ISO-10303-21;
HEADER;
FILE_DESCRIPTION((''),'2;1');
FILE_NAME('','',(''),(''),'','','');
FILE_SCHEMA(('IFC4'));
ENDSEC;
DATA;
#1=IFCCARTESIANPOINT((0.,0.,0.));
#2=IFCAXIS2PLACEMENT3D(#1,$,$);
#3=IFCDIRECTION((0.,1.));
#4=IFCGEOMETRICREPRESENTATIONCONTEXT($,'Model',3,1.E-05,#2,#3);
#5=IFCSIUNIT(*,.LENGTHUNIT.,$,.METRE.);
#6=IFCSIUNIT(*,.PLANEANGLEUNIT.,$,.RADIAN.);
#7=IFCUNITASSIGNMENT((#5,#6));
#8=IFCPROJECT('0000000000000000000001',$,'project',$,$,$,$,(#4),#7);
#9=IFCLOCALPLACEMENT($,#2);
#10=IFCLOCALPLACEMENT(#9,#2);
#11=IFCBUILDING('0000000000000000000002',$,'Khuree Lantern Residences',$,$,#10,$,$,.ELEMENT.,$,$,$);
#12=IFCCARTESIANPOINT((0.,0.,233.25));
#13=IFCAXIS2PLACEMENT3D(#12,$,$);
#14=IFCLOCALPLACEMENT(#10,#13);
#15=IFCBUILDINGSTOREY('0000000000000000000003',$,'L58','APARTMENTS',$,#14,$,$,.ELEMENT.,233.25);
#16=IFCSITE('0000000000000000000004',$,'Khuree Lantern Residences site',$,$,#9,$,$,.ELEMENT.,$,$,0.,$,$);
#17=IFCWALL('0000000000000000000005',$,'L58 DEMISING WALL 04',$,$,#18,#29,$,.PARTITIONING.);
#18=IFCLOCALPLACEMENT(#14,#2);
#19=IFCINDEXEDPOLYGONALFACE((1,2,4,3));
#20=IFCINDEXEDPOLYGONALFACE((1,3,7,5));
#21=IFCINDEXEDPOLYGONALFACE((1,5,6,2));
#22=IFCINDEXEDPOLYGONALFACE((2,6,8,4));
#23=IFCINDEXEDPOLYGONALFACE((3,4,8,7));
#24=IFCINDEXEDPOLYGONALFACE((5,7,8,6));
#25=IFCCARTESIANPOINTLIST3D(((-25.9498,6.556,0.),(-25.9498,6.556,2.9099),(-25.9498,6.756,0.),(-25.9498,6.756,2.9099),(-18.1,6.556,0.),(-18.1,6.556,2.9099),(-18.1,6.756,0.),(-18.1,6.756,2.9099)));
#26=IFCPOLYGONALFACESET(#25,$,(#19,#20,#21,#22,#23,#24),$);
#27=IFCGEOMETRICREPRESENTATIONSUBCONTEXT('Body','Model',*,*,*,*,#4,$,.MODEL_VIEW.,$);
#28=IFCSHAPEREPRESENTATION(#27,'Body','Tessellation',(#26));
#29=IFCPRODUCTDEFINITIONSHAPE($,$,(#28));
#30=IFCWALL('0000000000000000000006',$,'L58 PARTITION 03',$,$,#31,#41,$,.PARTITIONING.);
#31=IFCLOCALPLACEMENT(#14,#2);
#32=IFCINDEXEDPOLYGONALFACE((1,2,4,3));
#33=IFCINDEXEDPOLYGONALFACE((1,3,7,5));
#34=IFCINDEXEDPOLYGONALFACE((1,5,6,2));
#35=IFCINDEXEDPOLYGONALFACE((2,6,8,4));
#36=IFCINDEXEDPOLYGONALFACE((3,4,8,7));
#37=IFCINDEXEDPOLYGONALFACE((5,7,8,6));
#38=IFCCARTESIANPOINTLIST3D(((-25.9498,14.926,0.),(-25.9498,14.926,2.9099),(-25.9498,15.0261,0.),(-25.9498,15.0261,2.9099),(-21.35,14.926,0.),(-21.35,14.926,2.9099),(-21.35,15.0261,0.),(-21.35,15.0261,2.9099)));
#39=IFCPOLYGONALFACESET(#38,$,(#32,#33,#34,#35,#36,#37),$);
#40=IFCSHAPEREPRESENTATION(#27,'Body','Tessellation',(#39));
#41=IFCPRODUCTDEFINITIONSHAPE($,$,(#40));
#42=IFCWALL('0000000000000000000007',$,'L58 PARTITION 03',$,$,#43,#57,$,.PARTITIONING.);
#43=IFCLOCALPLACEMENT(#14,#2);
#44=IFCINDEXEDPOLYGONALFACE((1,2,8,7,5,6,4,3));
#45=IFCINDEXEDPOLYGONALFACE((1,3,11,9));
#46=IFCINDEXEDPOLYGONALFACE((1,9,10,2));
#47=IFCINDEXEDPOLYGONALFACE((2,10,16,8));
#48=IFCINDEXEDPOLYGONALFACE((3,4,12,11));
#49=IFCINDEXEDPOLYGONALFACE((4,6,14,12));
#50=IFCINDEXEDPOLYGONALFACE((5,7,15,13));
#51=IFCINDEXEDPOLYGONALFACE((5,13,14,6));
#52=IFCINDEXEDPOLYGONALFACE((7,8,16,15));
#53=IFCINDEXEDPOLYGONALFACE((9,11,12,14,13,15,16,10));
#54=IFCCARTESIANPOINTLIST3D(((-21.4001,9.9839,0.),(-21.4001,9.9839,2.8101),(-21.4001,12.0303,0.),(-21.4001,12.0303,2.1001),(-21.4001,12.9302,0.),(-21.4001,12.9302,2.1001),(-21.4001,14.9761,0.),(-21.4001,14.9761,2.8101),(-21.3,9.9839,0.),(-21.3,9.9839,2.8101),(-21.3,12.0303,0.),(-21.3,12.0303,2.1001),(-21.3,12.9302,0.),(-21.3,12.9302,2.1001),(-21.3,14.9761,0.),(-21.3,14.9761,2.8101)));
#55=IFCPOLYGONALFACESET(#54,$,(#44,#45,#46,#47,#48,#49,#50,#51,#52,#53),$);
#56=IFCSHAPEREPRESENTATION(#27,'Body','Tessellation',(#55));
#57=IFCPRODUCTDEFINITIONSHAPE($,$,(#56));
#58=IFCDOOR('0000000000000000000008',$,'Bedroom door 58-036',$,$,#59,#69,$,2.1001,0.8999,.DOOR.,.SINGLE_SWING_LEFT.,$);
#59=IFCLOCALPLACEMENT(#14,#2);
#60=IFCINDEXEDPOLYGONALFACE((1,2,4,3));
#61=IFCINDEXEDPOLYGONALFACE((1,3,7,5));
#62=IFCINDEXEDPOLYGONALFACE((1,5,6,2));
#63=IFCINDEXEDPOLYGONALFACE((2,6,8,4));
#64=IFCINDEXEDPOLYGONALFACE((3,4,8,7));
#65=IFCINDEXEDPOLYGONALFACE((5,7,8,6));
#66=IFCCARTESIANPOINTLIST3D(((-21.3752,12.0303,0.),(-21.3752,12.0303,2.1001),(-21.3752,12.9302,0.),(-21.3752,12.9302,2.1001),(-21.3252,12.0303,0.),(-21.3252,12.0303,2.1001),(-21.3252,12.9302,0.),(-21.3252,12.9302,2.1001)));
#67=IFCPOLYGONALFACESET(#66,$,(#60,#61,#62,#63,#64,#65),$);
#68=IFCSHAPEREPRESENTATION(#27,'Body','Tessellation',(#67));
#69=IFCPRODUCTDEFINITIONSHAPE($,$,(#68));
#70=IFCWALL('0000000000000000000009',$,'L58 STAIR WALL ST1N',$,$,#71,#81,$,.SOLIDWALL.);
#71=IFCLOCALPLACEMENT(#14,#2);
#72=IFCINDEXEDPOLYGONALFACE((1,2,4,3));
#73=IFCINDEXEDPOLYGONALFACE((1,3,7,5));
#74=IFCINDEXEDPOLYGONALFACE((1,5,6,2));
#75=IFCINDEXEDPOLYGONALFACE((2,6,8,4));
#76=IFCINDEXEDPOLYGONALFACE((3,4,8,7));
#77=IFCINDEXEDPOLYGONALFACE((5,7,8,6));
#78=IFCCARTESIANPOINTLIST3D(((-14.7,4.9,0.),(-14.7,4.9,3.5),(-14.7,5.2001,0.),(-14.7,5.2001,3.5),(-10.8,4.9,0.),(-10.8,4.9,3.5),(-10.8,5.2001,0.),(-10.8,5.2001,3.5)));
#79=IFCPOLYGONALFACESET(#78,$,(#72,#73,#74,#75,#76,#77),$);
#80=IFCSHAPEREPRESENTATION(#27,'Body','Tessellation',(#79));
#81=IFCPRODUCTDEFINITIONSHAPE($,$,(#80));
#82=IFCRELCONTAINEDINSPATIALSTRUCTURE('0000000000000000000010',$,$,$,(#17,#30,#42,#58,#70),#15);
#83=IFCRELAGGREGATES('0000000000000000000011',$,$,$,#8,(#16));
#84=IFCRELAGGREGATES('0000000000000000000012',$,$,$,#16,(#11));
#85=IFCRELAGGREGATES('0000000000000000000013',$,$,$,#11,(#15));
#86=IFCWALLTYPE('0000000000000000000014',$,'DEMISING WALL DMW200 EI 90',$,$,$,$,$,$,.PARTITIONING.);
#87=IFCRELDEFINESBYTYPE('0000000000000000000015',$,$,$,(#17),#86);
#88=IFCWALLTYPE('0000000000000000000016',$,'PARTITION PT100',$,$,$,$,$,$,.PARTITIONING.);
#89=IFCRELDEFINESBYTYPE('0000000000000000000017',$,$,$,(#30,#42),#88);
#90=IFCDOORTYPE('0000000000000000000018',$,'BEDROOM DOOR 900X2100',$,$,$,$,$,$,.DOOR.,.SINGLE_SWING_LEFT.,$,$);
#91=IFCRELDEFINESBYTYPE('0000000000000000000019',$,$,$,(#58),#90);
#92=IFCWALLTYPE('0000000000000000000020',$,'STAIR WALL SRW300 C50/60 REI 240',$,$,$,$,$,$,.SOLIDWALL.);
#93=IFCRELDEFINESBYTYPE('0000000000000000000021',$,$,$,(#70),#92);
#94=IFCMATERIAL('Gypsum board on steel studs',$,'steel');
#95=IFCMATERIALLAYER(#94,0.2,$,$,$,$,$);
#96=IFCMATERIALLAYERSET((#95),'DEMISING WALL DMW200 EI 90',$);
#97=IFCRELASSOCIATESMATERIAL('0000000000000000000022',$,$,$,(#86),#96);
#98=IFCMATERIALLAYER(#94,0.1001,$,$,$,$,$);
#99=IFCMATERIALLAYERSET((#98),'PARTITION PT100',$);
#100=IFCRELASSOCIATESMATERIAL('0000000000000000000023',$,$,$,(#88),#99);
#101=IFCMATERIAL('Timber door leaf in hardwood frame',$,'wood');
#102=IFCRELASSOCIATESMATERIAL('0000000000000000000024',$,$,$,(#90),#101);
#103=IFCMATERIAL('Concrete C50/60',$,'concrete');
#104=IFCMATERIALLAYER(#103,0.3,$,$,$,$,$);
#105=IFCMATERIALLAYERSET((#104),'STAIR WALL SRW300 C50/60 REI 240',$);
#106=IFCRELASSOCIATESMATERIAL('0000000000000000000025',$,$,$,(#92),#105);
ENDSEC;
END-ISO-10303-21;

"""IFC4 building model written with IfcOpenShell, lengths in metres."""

from ifc_helpers import new_model, si_unit, direction, frame, frame_2d, origin, place, context, subcontext, project, spatial, rectangle, extrude, material, layer, layer_set, type_object, element, fill, save


model = new_model("IFC4")

# Units and contexts
model_context = context("Model", 3, precision=1e-05, world=origin(), true_north=direction((0.0, 1.0)))
body_context = subcontext(model_context, "Body", "Model", "MODEL_VIEW")
ifc_project = project(units=[si_unit("LENGTHUNIT", "METRE"), si_unit("PLANEANGLEUNIT", "RADIAN")], contexts=[model_context])

# Site, building, storey
site_placement = place(None, origin())
site = spatial("IfcSite", under=ifc_project, at=site_placement, Name="Khuree Lantern Residences site", CompositionType="ELEMENT", RefElevation=0.0)
building_placement = place(site_placement, origin())
building = spatial("IfcBuilding", under=site, at=building_placement, Name="Khuree Lantern Residences", CompositionType="ELEMENT")
storey_placement = place(building_placement, frame((0.0, 0.0, 233.25)))
storey = spatial("IfcBuildingStorey", under=building, at=storey_placement, Name="L58", Description="APARTMENTS", CompositionType="ELEMENT", Elevation=233.25)

# Shared definitions
ifc_material_1 = material(Name="Concrete C50/60", Category="concrete")

# Shared definitions
ifc_material_2 = material(Name="Timber door leaf in hardwood frame", Category="wood")

# Shared definitions
ifc_material_3 = material(Name="Gypsum board on steel studs", Category="steel")

# Walls
ifc_layer_1 = layer(ifc_material_3, 0.2)
ifc_layer_set_1 = layer_set([ifc_layer_1], Name="DEMISING WALL DMW200 EI 90")
wall_type_1 = type_object("IfcWallType", Name="DEMISING WALL DMW200 EI 90", PredefinedType="PARTITIONING", material=ifc_layer_set_1)
wall_1_placement = place(storey_placement, frame((-18.1001, 6.656, 0.0), z_axis=(0.0, 0.0, 1.0), x_axis=(-1.0, 0.0, 0.0)))
element("IfcWall", 1, at=wall_1_placement, inside=storey, type_object=wall_type_1, Name="L58 DEMISING WALL 04", PredefinedType="PARTITIONING", context=body_context, shape_type="SweptSolid", body=[
    extrude(rectangle(XDim=7.8499, YDim=0.2, at=frame_2d((3.9248, 0.0))), origin(), (0.0, 0.0, 1.0), 2.9099),
])
ifc_layer_2 = layer(ifc_material_3, 0.1001)
ifc_layer_set_2 = layer_set([ifc_layer_2], Name="PARTITION PT100")
wall_type_2 = type_object("IfcWallType", Name="PARTITION PT100", PredefinedType="PARTITIONING", material=ifc_layer_set_2)
wall_2_placement = place(storey_placement, frame((-21.3501, 14.9761, 0.0), z_axis=(0.0, 0.0, 1.0), x_axis=(-1.0, 0.0, 0.0)))
element("IfcWall", 2, at=wall_2_placement, inside=storey, type_object=wall_type_2, Name="L58 PARTITION 03", PredefinedType="PARTITIONING", context=body_context, shape_type="SweptSolid", body=[
    extrude(rectangle(XDim=4.5999, YDim=0.1001, at=frame_2d((2.2998, 0.0))), origin(), (0.0, 0.0, 1.0), 2.9099),
])

# Wall, opening, door
wall_3_placement = place(storey_placement, frame((-21.3501, 14.9761, 0.0), z_axis=(0.0, 0.0, 1.0), x_axis=(0.0, -1.0, 0.0)))
wall_3 = element("IfcWall", 3, at=wall_3_placement, inside=storey, type_object=wall_type_2, Name="L58 PARTITION 03", PredefinedType="PARTITIONING", context=body_context, shape_type="SweptSolid", body=[
    extrude(rectangle(XDim=4.9922, YDim=0.1001, at=frame_2d((2.4961, 0.0))), origin(), (0.0, 0.0, 1.0), 2.8101),
])
opening_1_placement = place(wall_3_placement, frame((2.0459, 0.0, 0.0)))
opening_1 = element("IfcOpeningElement", 4, at=opening_1_placement, cuts=wall_3, PredefinedType="OPENING", context=body_context, shape_type="SweptSolid", body=[
    extrude(rectangle(XDim=0.8999, YDim=2.1001, at=frame_2d((0.45, 1.05))), frame((0.0, 0.0601, 0.0), z_axis=(0.0, -1.0, 0.0), x_axis=(1.0, 0.0, 0.0)), (0.0, 0.0, 1.0), 0.1201),
])
door_type_1 = type_object("IfcDoorType", Name="BEDROOM DOOR 900X2100", OperationType="SINGLE_SWING_LEFT", PredefinedType="DOOR", material=ifc_material_2)
door_1_placement = place(opening_1_placement, origin())
door_1 = element("IfcDoor", 5, at=door_1_placement, inside=storey, type_object=door_type_1, Name="Bedroom door 58-036", OperationType="SINGLE_SWING_LEFT", OverallHeight=2.1001, OverallWidth=0.8999, PredefinedType="DOOR", context=body_context, shape_type="SweptSolid", body=[
    extrude(rectangle(XDim=0.8999, YDim=2.1001, at=frame_2d((0.45, 1.05))), frame((0.0, 0.0249, 0.0), z_axis=(0.0, -1.0, 0.0), x_axis=(1.0, 0.0, 0.0)), (0.0, 0.0, 1.0), 0.05),
])
fill(opening_1, door_1)

# Wall
ifc_layer_3 = layer(ifc_material_1, 0.3)
ifc_layer_set_3 = layer_set([ifc_layer_3], Name="STAIR WALL SRW300 C50/60 REI 240")
wall_type_3 = type_object("IfcWallType", Name="STAIR WALL SRW300 C50/60 REI 240", PredefinedType="SOLIDWALL", material=ifc_layer_set_3)
wall_4_placement = place(storey_placement, frame((-14.7, 5.05, 0.0), z_axis=(0.0, 0.0, 1.0), x_axis=(1.0, 0.0, 0.0)))
element("IfcWall", 6, at=wall_4_placement, inside=storey, type_object=wall_type_3, Name="L58 STAIR WALL ST1N", PredefinedType="SOLIDWALL", context=body_context, shape_type="SweptSolid", body=[
    extrude(rectangle(XDim=3.8999, YDim=0.3, at=frame_2d((1.95, 0.0))), origin(), (0.0, 0.0, 1.0), 3.5),
])

save(model, "model.ifc")
